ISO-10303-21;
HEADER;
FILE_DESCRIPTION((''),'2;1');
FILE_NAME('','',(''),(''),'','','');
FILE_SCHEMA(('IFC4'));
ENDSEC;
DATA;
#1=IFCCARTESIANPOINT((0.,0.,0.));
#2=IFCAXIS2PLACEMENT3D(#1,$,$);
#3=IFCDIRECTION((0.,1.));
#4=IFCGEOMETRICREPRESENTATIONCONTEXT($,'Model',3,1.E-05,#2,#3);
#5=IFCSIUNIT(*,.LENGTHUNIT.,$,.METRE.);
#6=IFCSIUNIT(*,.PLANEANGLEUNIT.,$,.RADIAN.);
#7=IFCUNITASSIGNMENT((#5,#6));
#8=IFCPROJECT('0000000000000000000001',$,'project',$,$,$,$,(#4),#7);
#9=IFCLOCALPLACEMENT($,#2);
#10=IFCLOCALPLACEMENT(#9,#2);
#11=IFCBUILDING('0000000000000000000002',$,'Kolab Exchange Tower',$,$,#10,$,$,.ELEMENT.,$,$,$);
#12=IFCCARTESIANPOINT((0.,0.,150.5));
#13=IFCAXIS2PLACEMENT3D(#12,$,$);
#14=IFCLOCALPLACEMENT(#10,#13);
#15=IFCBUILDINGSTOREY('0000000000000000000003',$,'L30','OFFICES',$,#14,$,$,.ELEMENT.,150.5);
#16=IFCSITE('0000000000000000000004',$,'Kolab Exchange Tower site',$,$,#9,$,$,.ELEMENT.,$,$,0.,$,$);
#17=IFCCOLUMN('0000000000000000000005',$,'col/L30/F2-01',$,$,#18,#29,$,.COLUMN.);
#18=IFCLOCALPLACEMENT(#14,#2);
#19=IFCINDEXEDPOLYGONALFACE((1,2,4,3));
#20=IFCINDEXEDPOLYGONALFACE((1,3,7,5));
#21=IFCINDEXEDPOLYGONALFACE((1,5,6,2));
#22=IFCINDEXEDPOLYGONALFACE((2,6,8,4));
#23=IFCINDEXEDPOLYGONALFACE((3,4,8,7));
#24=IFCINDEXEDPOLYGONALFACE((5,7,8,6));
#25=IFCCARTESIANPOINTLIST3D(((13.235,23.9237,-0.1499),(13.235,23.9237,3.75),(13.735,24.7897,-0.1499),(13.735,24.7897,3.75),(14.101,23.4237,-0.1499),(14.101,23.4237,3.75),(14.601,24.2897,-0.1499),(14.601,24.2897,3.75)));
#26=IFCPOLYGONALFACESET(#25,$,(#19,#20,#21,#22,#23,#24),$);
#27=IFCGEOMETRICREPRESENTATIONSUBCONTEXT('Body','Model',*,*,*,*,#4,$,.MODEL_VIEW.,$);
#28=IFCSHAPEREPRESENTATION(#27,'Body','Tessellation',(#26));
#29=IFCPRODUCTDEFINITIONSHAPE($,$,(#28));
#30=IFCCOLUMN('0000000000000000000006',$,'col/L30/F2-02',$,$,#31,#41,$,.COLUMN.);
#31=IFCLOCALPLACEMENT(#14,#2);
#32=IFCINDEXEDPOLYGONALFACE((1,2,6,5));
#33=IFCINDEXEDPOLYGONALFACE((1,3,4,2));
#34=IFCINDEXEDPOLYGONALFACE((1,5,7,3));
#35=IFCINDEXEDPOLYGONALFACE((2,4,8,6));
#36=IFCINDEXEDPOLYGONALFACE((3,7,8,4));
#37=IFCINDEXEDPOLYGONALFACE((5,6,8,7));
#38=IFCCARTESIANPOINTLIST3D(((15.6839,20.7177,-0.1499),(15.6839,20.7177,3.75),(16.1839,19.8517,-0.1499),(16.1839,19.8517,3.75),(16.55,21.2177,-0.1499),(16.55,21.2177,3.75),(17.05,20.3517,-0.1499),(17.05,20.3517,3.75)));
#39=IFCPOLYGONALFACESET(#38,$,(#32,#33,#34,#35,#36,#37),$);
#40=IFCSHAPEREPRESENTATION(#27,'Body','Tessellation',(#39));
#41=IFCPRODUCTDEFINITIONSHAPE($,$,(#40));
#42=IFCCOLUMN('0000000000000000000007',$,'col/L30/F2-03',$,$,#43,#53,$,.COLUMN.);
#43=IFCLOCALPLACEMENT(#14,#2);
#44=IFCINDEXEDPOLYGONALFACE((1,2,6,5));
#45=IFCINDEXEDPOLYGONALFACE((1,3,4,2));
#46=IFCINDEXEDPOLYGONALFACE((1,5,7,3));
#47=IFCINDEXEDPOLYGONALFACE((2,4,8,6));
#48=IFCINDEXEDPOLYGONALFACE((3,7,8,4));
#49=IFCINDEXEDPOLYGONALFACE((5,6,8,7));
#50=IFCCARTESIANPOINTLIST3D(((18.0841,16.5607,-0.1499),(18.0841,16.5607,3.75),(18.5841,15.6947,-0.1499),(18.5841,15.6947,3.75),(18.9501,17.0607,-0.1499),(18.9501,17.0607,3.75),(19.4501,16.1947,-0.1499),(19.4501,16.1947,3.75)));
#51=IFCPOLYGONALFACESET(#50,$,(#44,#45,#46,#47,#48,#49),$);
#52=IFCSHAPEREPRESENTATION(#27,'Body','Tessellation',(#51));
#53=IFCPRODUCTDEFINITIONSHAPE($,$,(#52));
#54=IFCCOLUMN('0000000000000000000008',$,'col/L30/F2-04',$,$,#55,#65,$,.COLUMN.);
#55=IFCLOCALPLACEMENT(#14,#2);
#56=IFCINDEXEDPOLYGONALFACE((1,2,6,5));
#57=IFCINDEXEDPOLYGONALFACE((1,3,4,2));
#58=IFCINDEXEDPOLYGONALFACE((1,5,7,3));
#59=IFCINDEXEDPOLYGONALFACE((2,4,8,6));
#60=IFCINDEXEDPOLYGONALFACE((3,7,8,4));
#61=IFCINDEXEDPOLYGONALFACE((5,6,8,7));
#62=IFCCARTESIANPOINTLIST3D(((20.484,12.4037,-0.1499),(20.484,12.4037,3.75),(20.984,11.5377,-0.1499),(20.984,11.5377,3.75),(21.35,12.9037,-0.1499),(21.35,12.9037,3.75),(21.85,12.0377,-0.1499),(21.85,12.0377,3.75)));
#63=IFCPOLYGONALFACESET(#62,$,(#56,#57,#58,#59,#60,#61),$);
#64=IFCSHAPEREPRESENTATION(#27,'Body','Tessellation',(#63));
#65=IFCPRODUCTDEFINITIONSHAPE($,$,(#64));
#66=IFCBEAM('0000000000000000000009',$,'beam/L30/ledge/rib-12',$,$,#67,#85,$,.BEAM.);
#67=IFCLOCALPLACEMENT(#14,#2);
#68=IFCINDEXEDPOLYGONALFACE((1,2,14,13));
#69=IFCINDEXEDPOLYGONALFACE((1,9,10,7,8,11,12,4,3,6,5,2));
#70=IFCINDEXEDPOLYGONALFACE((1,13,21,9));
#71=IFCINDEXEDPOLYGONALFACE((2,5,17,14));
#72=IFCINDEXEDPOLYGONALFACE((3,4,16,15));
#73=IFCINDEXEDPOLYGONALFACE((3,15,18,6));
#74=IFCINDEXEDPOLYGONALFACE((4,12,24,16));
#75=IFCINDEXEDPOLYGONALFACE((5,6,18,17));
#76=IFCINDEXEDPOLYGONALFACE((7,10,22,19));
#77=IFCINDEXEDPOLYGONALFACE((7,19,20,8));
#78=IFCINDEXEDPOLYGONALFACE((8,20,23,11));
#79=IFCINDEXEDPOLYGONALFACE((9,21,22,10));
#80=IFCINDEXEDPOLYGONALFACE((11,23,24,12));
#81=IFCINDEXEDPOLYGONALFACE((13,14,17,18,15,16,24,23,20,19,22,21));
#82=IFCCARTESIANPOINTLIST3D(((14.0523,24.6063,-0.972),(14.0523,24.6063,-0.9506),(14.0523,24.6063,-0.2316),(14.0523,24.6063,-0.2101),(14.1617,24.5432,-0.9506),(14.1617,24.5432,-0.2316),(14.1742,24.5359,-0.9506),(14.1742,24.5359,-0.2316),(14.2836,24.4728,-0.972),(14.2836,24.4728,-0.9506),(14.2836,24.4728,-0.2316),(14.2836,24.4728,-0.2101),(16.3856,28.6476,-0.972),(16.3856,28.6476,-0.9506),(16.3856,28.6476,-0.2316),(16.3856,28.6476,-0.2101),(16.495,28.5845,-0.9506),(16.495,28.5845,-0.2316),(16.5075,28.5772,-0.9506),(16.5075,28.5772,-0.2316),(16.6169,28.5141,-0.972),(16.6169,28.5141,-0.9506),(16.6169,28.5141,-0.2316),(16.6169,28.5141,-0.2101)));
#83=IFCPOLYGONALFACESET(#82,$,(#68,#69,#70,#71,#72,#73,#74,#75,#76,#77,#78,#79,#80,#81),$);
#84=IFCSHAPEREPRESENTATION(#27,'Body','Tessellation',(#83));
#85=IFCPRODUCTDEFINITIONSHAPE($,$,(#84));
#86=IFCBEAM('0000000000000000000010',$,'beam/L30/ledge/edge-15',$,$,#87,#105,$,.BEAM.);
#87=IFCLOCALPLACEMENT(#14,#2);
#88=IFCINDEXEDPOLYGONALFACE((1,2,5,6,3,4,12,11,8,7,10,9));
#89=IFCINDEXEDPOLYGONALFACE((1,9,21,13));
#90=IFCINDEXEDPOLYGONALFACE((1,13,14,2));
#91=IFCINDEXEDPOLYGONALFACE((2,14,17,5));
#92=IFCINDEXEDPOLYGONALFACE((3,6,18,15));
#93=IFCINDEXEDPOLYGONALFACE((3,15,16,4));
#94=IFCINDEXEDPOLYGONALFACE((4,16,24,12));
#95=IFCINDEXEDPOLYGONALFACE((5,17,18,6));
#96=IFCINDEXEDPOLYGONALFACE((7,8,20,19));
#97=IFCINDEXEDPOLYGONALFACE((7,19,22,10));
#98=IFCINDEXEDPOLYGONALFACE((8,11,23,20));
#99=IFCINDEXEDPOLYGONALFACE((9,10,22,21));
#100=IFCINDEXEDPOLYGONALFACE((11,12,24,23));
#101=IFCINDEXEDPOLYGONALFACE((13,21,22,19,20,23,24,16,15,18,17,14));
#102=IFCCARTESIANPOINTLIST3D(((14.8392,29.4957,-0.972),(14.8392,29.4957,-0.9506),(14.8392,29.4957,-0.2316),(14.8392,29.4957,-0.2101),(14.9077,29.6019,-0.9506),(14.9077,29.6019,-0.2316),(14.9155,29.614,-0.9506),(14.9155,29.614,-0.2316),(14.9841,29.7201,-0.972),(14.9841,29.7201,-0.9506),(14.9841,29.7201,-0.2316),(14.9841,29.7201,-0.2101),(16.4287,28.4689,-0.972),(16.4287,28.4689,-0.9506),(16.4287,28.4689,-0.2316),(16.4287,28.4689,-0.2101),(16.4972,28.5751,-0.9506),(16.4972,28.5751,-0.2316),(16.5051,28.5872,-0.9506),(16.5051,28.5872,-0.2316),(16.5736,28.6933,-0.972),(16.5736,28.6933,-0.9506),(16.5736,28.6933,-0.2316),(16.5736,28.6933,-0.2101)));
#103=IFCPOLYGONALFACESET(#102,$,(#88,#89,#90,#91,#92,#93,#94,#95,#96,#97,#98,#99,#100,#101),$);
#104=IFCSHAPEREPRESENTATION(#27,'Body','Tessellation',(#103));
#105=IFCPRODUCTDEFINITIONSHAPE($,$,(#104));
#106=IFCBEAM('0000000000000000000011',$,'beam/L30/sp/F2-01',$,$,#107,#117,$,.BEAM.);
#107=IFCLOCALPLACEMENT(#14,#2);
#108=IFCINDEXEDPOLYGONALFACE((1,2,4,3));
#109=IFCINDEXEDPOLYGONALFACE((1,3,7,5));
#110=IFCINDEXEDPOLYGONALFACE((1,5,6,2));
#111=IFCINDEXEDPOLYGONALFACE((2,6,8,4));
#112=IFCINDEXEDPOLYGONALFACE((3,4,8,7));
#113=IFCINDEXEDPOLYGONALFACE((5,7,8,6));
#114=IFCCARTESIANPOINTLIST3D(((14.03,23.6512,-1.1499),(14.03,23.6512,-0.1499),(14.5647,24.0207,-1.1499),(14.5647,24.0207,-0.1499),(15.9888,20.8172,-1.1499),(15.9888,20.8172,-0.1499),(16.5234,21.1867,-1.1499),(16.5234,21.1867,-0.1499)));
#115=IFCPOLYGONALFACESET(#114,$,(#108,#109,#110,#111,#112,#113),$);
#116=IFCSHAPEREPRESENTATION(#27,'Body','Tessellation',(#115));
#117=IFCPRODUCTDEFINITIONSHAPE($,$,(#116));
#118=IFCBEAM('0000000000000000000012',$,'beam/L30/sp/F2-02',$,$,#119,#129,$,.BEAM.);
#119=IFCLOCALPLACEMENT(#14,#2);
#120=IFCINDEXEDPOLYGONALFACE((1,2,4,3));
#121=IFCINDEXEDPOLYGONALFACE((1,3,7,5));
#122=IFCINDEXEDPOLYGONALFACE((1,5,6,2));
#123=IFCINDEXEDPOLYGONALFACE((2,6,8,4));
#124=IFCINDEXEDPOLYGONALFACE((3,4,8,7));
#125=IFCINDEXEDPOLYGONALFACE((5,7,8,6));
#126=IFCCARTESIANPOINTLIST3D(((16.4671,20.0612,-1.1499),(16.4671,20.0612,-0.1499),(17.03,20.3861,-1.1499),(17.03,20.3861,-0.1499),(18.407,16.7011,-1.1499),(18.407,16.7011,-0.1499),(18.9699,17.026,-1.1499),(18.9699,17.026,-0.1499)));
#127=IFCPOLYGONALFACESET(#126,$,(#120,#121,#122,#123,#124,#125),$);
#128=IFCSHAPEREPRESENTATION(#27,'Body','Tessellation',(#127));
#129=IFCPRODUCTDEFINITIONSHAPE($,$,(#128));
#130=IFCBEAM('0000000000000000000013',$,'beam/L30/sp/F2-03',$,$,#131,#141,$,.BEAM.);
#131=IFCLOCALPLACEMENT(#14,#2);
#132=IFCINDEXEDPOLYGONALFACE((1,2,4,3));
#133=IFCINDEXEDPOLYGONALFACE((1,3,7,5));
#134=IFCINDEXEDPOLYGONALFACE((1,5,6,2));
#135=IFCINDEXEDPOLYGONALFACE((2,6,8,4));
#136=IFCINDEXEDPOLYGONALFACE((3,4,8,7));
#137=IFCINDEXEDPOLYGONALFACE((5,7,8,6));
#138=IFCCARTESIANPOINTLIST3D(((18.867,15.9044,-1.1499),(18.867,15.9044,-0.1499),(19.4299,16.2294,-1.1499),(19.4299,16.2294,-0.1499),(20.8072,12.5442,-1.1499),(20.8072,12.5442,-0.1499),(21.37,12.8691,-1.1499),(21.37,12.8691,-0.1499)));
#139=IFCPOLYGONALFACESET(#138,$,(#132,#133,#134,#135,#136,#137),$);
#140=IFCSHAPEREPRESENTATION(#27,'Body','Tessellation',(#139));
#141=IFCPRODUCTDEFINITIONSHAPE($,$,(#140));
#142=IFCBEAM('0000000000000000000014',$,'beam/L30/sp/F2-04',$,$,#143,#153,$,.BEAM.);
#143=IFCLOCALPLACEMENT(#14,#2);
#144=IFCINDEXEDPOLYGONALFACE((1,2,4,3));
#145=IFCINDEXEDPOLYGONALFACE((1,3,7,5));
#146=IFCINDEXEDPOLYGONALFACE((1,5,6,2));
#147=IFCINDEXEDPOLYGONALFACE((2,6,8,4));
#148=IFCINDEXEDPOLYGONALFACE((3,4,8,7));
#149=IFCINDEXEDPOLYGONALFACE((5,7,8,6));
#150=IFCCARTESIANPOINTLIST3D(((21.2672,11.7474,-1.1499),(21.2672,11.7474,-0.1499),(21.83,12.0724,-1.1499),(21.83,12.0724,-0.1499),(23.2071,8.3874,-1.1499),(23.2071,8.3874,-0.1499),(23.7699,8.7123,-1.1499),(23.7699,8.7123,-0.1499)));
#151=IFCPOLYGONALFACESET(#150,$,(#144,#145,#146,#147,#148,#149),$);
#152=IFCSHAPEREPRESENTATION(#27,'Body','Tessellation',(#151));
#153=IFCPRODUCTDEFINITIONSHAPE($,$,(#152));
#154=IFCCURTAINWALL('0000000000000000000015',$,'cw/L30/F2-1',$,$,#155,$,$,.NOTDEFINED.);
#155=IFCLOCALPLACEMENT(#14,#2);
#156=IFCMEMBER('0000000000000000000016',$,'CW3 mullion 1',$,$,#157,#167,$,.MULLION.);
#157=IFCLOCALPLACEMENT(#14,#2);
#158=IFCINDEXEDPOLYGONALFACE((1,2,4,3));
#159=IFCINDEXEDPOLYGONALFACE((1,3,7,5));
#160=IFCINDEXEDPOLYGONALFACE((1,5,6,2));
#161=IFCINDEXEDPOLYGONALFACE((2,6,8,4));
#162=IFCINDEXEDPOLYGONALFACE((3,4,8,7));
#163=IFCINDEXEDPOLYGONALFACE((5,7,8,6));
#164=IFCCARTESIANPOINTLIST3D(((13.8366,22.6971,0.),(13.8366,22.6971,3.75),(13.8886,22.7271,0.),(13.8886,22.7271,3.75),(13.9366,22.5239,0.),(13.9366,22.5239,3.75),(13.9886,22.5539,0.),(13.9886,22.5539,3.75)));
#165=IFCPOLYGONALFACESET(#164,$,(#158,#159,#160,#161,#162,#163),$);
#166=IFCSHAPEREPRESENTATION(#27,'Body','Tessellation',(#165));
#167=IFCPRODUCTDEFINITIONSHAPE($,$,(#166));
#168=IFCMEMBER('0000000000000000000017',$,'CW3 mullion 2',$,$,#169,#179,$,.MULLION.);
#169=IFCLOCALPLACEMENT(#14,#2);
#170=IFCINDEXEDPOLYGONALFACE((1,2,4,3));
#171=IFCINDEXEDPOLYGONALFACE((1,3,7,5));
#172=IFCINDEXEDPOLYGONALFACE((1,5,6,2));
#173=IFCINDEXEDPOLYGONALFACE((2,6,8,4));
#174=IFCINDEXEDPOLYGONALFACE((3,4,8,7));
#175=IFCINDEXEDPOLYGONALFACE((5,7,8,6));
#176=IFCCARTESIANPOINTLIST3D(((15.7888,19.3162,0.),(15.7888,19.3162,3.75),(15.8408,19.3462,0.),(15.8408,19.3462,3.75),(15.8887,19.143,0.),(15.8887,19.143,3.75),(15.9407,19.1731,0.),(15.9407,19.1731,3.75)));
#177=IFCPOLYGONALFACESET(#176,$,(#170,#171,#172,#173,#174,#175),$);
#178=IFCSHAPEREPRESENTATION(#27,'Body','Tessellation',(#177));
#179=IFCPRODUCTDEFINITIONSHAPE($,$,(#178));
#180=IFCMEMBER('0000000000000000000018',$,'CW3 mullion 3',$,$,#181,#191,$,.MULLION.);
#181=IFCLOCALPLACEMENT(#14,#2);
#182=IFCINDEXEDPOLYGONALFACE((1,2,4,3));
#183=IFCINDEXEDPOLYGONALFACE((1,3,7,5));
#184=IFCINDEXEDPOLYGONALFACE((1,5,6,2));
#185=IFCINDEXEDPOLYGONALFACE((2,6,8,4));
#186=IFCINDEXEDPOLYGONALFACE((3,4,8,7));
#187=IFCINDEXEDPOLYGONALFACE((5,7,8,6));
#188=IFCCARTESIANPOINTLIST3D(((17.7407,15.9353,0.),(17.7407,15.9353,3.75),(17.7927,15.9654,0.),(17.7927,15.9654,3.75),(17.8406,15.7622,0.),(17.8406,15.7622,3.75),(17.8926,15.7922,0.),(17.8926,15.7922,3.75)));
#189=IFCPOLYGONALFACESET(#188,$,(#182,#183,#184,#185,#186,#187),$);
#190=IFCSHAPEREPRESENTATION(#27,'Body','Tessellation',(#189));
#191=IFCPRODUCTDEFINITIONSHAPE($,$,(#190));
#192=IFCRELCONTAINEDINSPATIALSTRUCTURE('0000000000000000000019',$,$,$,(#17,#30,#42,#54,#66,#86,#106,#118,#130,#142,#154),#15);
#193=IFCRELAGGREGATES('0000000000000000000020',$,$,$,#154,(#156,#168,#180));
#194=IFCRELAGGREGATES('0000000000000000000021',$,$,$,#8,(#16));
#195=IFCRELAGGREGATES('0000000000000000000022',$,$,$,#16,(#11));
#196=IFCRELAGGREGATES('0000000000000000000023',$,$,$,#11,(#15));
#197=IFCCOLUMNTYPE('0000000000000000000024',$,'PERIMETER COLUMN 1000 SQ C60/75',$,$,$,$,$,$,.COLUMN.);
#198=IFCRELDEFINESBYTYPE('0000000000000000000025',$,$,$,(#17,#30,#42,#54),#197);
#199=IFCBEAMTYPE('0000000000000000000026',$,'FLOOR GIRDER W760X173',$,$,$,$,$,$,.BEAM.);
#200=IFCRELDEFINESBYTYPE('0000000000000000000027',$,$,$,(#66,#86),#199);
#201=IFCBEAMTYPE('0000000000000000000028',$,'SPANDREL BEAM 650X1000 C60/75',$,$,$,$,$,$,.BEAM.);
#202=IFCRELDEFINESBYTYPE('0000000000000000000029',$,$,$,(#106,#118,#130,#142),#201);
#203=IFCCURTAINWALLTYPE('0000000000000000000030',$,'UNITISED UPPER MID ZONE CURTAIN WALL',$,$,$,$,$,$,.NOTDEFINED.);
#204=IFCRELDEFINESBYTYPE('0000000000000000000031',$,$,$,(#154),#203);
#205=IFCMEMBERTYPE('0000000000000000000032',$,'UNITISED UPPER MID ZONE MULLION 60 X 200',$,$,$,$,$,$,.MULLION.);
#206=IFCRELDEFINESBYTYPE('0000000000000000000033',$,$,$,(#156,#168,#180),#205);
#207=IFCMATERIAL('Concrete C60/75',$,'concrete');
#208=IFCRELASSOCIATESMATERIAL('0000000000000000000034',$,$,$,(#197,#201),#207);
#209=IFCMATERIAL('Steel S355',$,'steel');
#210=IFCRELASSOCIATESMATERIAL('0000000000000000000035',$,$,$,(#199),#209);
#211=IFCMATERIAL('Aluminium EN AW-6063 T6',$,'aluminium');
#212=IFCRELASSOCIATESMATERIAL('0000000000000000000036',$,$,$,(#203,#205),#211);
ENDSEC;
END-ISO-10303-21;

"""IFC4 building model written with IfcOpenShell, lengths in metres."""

from ifc_helpers import new_model, si_unit, direction, frame, origin, origin_2d, place, context, subcontext, project, spatial, rectangle, i_section, extrude, material, material_profile, profile_set, type_object, element, aggregate, save


model = new_model("IFC4")

# Units and contexts
model_context = context("Model", 3, precision=1e-05, world=origin(), true_north=direction((0.0, 1.0)))
body_context = subcontext(model_context, "Body", "Model", "MODEL_VIEW")
ifc_project = project(units=[si_unit("LENGTHUNIT", "METRE"), si_unit("PLANEANGLEUNIT", "RADIAN")], contexts=[model_context])

# Site, building, storey
site_placement = place(None, origin())
site = spatial("IfcSite", under=ifc_project, at=site_placement, Name="Kolab Exchange Tower site", CompositionType="ELEMENT", RefElevation=0.0)
building_placement = place(site_placement, origin())
building = spatial("IfcBuilding", under=site, at=building_placement, Name="Kolab Exchange Tower", CompositionType="ELEMENT")
storey_placement = place(building_placement, frame((0.0, 0.0, 150.5)))
storey = spatial("IfcBuildingStorey", under=building, at=storey_placement, Name="L30", Description="OFFICES", CompositionType="ELEMENT", Elevation=150.5)

# Columns
ifc_material_1 = material(Name="Concrete C60/75", Category="concrete")
ifc_material_profile_1 = material_profile(ifc_material_1, rectangle(XDim=1.0, YDim=1.0, at=origin_2d()), Name="RC1000")
ifc_profile_set_1 = profile_set([ifc_material_profile_1], Name="Concrete C60/75")
column_type = type_object("IfcColumnType", Name="PERIMETER COLUMN 1000 SQ C60/75", PredefinedType="COLUMN", material=ifc_profile_set_1)
for number, where, z_axis, x_axis, name in (
    (1, (13.918, 24.1067, -0.1499), (0.0, 0.0, 1.0), (0.5, 0.866025, 0.0), "col/L30/F2-01"),
    (2, (16.3669, 20.5347, -0.1499), (0.0, 0.0, 1.0), (0.866025, 0.5, 0.0), "col/L30/F2-02"),
    (3, (18.7671, 16.3777, -0.1499), (0.0, 0.0, 1.0), (0.866025, 0.5, 0.0), "col/L30/F2-03"),
    (4, (21.167, 12.2207, -0.1499), (0.0, 0.0, 1.0), (0.866025, 0.5, 0.0), "col/L30/F2-04"),
):
    element("IfcColumn", number, at=place(storey_placement, frame(where, z_axis=z_axis, x_axis=x_axis)), inside=storey, type_object=column_type, Name=name, PredefinedType="COLUMN", context=body_context, shape_type="SweptSolid", body=[
        extrude(rectangle(XDim=1.0, YDim=1.0, at=origin_2d()), origin(), (0.0, 0.0, 1.0), 3.8999),
    ])

# Beams
ifc_material_2 = material(Name="Steel S355", Category="steel")
ifc_material_profile_2 = material_profile(ifc_material_2, i_section(OverallWidth=0.2671, OverallDepth=0.762, WebThickness=0.0144, FlangeThickness=0.0215, at=origin_2d()), Name="W760X173")
ifc_profile_set_2 = profile_set([ifc_material_profile_2], Name="Steel S355")
beam_type_1 = type_object("IfcBeamType", Name="FLOOR GIRDER W760X173", PredefinedType="BEAM", material=ifc_profile_set_2)
beam_1_placement = place(storey_placement, frame((14.168, 24.5396, -0.5911), z_axis=(0.500005, 0.866023, 0.0), x_axis=(-0.866023, 0.500005, 0.0)))
element("IfcBeam", 5, at=beam_1_placement, inside=storey, type_object=beam_type_1, Name="beam/L30/ledge/rib-12", PredefinedType="BEAM", context=body_context, shape_type="SweptSolid", body=[
    extrude(i_section(OverallWidth=0.2671, OverallDepth=0.762, WebThickness=0.0144, FlangeThickness=0.0215, at=origin_2d()), origin(), (0.0, 0.0, 1.0), 4.6665),
])
beam_2_placement = place(storey_placement, frame((14.9116, 29.6079, -0.5911), z_axis=(0.839982, -0.542615, 0.0), x_axis=(0.542615, 0.839982, 0.0)))
element("IfcBeam", 6, at=beam_2_placement, inside=storey, type_object=beam_type_1, Name="beam/L30/ledge/edge-15", PredefinedType="BEAM", context=body_context, shape_type="SweptSolid", body=[
    extrude(i_section(OverallWidth=0.2671, OverallDepth=0.762, WebThickness=0.0144, FlangeThickness=0.0215, at=origin_2d()), origin(), (0.0, 0.0, 1.0), 1.8923),
])
ifc_material_profile_3 = material_profile(ifc_material_1, rectangle(XDim=0.6499, YDim=1.0, at=origin_2d()), Name="RC650X1000")
ifc_profile_set_3 = profile_set([ifc_material_profile_3], Name="Concrete C60/75")
beam_type_2 = type_object("IfcBeamType", Name="SPANDREL BEAM 650X1000 C60/75", PredefinedType="BEAM", material=ifc_profile_set_3)
beam_3_placement = place(storey_placement, frame((14.2974, 23.8359, -0.6499), z_axis=(0.568572, -0.822633, 0.0), x_axis=(0.822633, 0.568572, 0.0)))
element("IfcBeam", 7, at=beam_3_placement, inside=storey, type_object=beam_type_2, Name="beam/L30/sp/F2-01", PredefinedType="BEAM", context=body_context, shape_type="SweptSolid", body=[
    extrude(rectangle(XDim=0.6499, YDim=1.0, at=origin_2d()), origin(), (0.0, 0.0, 1.0), 3.4451),
])
beam_4_placement = place(storey_placement, frame((16.7485, 20.2236, -0.6499), z_axis=(0.499997, -0.866027, 0.0), x_axis=(0.866027, 0.499997, 0.0)))
element("IfcBeam", 8, at=beam_4_placement, inside=storey, type_object=beam_type_2, Name="beam/L30/sp/F2-02", PredefinedType="BEAM", context=body_context, shape_type="SweptSolid", body=[
    extrude(rectangle(XDim=0.6499, YDim=1.0, at=origin_2d()), origin(), (0.0, 0.0, 1.0), 3.8799),
])
beam_5_placement = place(storey_placement, frame((19.1484, 16.0669, -0.6499), z_axis=(0.500017, -0.866016, 0.0), x_axis=(0.866016, 0.500017, 0.0)))
element("IfcBeam", 9, at=beam_5_placement, inside=storey, type_object=beam_type_2, Name="beam/L30/sp/F2-03", PredefinedType="BEAM", context=body_context, shape_type="SweptSolid", body=[
    extrude(rectangle(XDim=0.6499, YDim=1.0, at=origin_2d()), origin(), (0.0, 0.0, 1.0), 3.8801),
])
beam_6_placement = place(storey_placement, frame((21.5486, 11.9099, -0.6499), z_axis=(0.499997, -0.866027, 0.0), x_axis=(0.866027, 0.499997, 0.0)))
element("IfcBeam", 10, at=beam_6_placement, inside=storey, type_object=beam_type_2, Name="beam/L30/sp/F2-04", PredefinedType="BEAM", context=body_context, shape_type="SweptSolid", body=[
    extrude(rectangle(XDim=0.6499, YDim=1.0, at=origin_2d()), origin(), (0.0, 0.0, 1.0), 3.8799),
])

# Curtain wall, members
ifc_material_3 = material(Name="Aluminium EN AW-6063 T6", Category="aluminium")
curtain_wall_type = type_object("IfcCurtainWallType", Name="UNITISED UPPER MID ZONE CURTAIN WALL", PredefinedType="NOTDEFINED", material=ifc_material_3)
curtain_wall_1_placement = place(storey_placement, origin())
curtain_wall_1 = element("IfcCurtainWall", 11, at=curtain_wall_1_placement, inside=storey, type_object=curtain_wall_type, Name="cw/L30/F2-1", PredefinedType="NOTDEFINED")
ifc_material_profile_4 = material_profile(ifc_material_3, rectangle(XDim=0.0601, YDim=0.2, at=origin_2d()), Name="RECT 60X200")
ifc_profile_set_4 = profile_set([ifc_material_profile_4], Name="Aluminium EN AW-6063 T6")
member_type_1 = type_object("IfcMemberType", Name="UNITISED UPPER MID ZONE MULLION 60 X 200", PredefinedType="MULLION", material=ifc_profile_set_4)
member_1_placement = place(storey_placement, frame((13.9126, 22.6255, 0.0), z_axis=(0.0, 0.0, 1.0), x_axis=(0.866025, 0.5, 0.0)))
member_1 = element("IfcMember", 12, at=member_1_placement, type_object=member_type_1, Name="CW3 mullion 1", PredefinedType="MULLION", context=body_context, shape_type="SweptSolid", body=[
    extrude(rectangle(XDim=0.0601, YDim=0.2, at=origin_2d()), origin(), (0.0, 0.0, 1.0), 3.75),
])
member_2_placement = place(storey_placement, frame((15.8647, 19.2446, 0.0), z_axis=(0.0, 0.0, 1.0), x_axis=(0.866025, 0.5, 0.0)))
member_2 = element("IfcMember", 13, at=member_2_placement, type_object=member_type_1, Name="CW3 mullion 2", PredefinedType="MULLION", context=body_context, shape_type="SweptSolid", body=[
    extrude(rectangle(XDim=0.0601, YDim=0.2, at=origin_2d()), origin(), (0.0, 0.0, 1.0), 3.75),
])
member_3_placement = place(storey_placement, frame((17.8167, 15.8638, 0.0), z_axis=(0.0, 0.0, 1.0), x_axis=(0.866025, 0.5, 0.0)))
member_3 = element("IfcMember", 14, at=member_3_placement, type_object=member_type_1, Name="CW3 mullion 3", PredefinedType="MULLION", context=body_context, shape_type="SweptSolid", body=[
    extrude(rectangle(XDim=0.0601, YDim=0.2, at=origin_2d()), origin(), (0.0, 0.0, 1.0), 3.75),
])

aggregate(curtain_wall_1, [member_1, member_2, member_3])

save(model, "model.ifc")
